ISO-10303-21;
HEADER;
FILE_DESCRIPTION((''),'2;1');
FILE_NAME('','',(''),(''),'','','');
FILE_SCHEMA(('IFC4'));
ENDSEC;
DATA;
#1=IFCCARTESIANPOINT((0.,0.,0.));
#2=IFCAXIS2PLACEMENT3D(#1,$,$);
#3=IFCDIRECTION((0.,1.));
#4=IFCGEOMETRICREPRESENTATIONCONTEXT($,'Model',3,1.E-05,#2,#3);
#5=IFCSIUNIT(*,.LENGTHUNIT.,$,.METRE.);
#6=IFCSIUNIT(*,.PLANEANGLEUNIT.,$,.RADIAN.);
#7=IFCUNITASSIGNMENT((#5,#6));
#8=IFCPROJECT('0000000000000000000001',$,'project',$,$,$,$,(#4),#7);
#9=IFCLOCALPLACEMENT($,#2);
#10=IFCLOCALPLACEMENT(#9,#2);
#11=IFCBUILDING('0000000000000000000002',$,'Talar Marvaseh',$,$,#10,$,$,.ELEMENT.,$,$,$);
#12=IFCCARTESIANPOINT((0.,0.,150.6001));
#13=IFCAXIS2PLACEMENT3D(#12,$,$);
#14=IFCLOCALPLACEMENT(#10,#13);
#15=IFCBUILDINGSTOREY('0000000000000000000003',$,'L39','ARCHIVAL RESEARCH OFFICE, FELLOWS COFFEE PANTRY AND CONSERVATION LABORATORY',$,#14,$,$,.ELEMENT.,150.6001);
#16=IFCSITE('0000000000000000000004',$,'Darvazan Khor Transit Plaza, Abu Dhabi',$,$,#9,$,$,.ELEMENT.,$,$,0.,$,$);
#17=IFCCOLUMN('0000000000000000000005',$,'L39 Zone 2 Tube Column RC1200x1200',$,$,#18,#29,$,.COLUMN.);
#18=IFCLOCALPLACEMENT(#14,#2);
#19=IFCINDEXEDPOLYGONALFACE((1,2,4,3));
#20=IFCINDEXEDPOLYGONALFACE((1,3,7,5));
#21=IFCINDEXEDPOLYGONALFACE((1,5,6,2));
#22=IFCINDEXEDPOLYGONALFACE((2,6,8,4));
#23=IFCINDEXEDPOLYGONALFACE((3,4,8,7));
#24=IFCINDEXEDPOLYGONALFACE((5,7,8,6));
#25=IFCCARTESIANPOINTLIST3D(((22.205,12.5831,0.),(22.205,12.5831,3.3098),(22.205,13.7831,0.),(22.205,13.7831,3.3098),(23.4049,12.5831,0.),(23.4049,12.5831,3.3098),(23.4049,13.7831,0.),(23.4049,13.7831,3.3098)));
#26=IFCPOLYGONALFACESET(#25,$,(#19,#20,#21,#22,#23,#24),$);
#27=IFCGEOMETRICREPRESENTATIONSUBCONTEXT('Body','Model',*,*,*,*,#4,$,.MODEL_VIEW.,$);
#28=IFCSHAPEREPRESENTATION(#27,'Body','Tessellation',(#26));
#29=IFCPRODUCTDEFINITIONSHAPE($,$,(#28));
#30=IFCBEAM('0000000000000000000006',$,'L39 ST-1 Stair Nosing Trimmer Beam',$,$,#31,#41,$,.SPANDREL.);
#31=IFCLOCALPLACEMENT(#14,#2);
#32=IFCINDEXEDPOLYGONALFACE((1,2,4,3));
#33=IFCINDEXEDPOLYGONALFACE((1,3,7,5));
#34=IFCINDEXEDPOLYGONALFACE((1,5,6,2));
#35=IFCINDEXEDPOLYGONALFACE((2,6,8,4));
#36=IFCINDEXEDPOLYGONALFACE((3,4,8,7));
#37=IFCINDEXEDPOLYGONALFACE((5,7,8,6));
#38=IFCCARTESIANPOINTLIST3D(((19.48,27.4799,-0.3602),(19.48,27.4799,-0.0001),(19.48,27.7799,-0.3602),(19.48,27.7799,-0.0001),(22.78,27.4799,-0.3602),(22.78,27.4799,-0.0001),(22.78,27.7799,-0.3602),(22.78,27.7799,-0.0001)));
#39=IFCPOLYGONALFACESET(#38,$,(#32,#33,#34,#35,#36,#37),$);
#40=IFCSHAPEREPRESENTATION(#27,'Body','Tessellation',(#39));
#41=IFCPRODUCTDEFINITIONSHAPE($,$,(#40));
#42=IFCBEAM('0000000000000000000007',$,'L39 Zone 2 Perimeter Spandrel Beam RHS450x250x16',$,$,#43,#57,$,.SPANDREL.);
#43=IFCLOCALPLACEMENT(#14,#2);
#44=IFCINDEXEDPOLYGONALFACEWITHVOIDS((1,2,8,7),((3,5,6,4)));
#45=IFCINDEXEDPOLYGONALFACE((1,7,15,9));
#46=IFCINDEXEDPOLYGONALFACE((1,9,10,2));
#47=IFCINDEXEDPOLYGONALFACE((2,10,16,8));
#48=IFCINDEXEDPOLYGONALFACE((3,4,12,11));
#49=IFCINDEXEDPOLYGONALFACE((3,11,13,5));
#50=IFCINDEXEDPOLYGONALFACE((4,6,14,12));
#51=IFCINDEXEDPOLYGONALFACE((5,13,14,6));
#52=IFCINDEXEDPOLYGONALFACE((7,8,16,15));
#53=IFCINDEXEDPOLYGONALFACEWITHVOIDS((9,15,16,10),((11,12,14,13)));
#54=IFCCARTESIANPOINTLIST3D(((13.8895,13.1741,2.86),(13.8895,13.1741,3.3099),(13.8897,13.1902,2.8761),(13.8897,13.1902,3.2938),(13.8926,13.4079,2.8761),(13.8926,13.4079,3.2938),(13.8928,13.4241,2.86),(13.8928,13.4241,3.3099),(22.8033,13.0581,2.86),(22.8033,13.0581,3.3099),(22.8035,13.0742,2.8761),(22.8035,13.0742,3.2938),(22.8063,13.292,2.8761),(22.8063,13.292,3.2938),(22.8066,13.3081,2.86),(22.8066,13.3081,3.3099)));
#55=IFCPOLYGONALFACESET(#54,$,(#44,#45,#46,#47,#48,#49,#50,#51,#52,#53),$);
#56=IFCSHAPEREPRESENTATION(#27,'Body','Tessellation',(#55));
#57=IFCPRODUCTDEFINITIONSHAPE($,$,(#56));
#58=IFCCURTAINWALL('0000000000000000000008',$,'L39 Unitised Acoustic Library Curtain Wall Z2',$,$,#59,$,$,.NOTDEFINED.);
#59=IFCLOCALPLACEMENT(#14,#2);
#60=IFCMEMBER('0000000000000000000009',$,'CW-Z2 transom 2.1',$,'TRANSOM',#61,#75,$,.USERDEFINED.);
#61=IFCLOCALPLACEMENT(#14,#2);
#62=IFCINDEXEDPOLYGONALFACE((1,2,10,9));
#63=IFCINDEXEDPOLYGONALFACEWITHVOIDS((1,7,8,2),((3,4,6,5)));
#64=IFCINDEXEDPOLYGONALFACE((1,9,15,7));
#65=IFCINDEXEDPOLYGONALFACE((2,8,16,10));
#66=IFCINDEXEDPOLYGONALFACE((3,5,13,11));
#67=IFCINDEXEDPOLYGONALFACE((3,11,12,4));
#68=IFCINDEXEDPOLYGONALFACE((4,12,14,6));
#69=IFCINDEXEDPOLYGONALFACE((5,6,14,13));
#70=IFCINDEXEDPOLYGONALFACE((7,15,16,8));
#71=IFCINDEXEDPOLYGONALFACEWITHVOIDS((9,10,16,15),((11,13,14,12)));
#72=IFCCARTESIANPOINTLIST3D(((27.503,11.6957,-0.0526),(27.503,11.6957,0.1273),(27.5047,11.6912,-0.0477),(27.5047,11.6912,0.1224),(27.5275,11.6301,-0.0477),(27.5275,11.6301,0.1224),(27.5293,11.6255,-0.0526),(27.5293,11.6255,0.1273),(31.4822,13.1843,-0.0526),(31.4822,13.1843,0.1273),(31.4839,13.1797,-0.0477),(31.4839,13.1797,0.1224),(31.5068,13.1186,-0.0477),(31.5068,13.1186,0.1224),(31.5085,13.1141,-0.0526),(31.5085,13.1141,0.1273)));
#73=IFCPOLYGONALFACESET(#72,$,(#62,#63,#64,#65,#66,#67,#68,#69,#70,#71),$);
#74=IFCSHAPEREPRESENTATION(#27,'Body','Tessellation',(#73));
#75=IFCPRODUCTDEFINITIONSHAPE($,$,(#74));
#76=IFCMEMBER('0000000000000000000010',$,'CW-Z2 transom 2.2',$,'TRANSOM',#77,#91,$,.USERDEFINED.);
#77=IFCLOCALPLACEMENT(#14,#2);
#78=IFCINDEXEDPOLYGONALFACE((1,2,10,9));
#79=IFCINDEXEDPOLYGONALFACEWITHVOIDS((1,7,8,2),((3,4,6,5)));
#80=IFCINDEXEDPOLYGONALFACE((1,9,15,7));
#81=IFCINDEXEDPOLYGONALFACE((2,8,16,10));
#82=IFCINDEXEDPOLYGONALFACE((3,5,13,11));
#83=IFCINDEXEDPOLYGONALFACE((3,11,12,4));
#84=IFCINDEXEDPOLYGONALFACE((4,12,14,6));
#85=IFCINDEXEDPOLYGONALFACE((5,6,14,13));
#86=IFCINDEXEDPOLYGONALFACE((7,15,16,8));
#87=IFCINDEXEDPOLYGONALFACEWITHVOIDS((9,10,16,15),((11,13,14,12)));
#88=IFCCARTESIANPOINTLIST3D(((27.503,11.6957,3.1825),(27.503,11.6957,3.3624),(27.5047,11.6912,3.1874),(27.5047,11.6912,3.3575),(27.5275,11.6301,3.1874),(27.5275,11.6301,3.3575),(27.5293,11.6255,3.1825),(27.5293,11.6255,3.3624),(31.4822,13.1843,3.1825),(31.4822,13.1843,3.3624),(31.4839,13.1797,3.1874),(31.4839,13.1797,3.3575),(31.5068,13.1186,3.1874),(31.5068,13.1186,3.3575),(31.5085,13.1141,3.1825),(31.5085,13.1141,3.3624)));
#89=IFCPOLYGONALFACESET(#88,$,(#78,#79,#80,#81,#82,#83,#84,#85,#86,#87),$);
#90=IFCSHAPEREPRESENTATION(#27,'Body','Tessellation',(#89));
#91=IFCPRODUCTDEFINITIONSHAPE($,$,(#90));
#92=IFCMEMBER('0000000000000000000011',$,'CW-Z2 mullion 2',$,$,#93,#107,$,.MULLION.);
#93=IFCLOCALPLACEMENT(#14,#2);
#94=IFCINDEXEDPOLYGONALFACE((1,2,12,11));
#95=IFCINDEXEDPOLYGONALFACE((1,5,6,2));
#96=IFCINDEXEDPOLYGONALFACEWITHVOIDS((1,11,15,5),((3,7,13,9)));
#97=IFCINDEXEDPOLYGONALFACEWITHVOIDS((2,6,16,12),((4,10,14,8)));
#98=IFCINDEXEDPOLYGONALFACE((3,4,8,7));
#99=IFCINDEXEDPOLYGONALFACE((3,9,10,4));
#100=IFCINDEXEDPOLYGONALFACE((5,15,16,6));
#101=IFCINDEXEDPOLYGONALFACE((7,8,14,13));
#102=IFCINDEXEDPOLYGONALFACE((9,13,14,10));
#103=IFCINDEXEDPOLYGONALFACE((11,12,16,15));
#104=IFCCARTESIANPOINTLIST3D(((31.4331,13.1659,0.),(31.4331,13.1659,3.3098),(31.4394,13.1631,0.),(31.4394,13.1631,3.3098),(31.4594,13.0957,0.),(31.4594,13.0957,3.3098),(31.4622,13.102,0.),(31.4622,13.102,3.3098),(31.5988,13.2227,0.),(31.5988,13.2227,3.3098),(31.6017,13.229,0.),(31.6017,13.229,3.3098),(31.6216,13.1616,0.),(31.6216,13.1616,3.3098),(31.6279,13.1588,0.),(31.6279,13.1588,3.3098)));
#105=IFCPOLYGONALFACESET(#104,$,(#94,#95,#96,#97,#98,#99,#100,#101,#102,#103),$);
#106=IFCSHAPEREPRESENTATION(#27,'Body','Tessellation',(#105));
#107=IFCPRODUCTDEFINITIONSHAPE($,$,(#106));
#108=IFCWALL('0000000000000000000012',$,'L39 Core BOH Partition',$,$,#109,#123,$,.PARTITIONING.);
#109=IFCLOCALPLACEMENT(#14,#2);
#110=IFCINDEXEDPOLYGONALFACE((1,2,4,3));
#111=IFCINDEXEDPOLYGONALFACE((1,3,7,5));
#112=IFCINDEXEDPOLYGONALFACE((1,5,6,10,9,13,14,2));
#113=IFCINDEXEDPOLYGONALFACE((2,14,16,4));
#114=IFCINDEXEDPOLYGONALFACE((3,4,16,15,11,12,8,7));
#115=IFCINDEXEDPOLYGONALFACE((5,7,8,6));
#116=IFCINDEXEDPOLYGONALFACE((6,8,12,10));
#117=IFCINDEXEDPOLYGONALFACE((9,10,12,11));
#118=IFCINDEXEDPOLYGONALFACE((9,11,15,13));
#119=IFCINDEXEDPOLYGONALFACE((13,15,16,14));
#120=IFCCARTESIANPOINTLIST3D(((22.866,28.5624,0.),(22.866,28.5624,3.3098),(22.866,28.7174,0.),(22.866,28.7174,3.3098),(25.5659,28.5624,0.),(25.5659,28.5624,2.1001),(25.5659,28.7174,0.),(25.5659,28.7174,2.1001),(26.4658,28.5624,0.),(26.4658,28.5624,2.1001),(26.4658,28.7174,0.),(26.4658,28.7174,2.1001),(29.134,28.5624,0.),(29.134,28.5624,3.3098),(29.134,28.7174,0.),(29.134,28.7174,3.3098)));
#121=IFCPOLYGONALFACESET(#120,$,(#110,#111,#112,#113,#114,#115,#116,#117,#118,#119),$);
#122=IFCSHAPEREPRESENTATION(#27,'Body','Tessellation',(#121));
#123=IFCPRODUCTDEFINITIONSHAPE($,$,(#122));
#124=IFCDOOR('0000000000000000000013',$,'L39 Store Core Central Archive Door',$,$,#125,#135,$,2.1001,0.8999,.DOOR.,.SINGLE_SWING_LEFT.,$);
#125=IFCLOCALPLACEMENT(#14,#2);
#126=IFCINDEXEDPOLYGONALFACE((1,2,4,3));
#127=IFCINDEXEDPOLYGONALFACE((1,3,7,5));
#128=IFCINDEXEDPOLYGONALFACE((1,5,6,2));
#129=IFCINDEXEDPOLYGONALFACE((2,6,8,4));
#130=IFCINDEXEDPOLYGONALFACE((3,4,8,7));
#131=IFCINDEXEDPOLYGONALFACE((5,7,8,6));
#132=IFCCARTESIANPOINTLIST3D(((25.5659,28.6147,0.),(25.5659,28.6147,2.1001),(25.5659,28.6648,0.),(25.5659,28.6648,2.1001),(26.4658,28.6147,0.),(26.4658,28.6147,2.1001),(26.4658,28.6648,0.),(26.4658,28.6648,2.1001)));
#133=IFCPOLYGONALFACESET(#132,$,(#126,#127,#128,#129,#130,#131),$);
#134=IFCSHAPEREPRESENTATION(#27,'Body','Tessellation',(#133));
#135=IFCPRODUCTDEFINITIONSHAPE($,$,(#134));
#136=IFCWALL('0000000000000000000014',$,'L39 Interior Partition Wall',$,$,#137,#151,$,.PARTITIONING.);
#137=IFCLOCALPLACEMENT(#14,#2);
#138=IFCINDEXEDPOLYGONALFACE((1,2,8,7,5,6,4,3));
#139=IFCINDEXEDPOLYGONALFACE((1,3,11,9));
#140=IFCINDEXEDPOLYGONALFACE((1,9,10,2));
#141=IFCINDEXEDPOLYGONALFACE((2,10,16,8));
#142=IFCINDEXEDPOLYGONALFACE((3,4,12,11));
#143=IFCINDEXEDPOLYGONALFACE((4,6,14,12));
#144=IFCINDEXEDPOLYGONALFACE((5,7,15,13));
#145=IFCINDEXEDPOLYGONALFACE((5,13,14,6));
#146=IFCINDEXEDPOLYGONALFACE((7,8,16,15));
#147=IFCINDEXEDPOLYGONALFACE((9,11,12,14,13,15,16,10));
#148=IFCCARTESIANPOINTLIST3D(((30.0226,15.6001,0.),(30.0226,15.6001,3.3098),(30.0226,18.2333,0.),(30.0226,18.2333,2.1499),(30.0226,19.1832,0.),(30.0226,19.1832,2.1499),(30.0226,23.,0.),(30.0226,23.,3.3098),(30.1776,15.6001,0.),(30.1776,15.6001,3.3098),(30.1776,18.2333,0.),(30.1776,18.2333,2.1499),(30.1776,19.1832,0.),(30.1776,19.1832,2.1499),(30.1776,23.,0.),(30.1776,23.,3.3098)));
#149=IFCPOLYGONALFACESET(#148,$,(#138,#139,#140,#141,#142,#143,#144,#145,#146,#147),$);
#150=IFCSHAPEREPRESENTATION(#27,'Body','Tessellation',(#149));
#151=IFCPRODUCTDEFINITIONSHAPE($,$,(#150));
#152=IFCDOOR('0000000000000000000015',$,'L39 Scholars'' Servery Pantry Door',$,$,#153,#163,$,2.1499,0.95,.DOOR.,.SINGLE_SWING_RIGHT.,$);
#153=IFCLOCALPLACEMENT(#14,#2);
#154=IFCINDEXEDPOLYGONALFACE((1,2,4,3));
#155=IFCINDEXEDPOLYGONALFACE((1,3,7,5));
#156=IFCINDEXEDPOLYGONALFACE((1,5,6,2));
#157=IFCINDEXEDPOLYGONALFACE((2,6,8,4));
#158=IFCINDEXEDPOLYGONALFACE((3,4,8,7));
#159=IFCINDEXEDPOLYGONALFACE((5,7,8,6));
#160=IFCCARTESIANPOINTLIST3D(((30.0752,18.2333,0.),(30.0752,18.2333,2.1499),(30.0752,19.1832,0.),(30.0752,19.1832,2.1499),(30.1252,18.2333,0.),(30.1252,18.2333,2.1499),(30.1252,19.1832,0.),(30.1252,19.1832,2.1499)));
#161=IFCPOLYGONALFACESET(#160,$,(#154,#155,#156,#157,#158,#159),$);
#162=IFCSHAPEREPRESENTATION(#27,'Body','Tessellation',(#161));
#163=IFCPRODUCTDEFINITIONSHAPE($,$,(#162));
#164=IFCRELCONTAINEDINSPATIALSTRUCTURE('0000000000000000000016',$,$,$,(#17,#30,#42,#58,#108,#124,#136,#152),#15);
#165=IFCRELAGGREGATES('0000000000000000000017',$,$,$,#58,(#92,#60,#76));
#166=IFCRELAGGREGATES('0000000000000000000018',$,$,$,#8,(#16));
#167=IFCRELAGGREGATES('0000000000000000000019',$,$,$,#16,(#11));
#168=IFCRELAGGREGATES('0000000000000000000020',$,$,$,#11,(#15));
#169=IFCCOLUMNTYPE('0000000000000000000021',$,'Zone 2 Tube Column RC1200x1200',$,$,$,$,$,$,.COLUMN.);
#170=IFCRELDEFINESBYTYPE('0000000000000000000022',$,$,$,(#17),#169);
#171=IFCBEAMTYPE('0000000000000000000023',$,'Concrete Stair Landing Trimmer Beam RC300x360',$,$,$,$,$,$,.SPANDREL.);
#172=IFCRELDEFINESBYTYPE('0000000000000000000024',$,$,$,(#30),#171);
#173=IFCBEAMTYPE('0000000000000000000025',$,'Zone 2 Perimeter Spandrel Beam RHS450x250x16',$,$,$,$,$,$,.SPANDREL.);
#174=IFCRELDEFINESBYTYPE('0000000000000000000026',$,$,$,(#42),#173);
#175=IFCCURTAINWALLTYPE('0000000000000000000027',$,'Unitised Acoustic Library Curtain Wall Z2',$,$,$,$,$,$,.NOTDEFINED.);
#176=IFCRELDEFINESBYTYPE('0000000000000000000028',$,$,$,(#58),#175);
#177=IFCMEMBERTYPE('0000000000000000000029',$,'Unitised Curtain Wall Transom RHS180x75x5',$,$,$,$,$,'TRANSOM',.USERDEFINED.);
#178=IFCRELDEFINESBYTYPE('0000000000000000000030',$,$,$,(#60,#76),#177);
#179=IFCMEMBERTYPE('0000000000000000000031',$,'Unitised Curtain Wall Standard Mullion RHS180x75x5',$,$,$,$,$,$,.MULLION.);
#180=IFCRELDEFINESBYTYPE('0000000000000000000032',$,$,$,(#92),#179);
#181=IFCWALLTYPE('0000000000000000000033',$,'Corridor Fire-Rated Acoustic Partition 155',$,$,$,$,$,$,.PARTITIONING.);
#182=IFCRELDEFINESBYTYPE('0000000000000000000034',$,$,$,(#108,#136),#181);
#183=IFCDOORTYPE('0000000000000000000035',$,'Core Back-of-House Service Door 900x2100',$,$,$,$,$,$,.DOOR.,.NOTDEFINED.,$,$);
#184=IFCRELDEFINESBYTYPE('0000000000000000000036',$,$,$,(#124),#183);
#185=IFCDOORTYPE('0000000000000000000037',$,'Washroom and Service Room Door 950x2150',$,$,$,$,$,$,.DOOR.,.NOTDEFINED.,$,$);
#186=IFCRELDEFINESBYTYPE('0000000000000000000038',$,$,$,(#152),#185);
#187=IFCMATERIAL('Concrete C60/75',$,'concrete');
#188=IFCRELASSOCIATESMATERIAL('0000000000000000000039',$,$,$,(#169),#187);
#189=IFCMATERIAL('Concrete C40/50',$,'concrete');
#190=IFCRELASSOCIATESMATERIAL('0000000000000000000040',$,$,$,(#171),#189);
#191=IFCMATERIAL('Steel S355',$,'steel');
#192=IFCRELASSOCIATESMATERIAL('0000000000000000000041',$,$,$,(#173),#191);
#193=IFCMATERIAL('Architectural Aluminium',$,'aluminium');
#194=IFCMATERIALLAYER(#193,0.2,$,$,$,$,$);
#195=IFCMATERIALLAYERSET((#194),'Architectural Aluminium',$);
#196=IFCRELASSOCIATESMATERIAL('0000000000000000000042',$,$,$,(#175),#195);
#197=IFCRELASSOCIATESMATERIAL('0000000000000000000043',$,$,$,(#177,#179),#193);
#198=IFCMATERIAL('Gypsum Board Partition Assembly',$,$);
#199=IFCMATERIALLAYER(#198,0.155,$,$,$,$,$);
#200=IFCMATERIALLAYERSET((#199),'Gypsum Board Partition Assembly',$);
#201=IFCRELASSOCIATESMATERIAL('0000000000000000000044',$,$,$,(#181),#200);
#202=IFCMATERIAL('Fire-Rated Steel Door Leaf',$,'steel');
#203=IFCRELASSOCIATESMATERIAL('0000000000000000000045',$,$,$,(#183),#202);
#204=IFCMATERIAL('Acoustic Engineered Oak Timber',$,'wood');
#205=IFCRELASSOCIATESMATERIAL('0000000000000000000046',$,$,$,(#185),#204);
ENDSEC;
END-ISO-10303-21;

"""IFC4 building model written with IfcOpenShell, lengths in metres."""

from ifc_helpers import new_model, si_unit, direction, frame, frame_2d, origin, origin_2d, place, context, subcontext, project, spatial, rectangle, hollow_rectangle, extrude, source, transform, mapped, material, layer, layer_set, material_profile, profile_set, type_object, type_shapes, element, fill, aggregate, save


model = new_model("IFC4")

# Units and contexts
model_context = context("Model", 3, precision=1e-05, world=origin(), true_north=direction((0.0, 1.0)))
body_context = subcontext(model_context, "Body", "Model", "MODEL_VIEW")
ifc_project = project(units=[si_unit("LENGTHUNIT", "METRE"), si_unit("PLANEANGLEUNIT", "RADIAN")], contexts=[model_context])

# Site, building, storey
site_placement = place(None, origin())
site = spatial("IfcSite", under=ifc_project, at=site_placement, Name="Darvazan Khor Transit Plaza, Abu Dhabi", CompositionType="ELEMENT", RefElevation=0.0)
building_placement = place(site_placement, origin())
building = spatial("IfcBuilding", under=site, at=building_placement, Name="Talar Marvaseh", CompositionType="ELEMENT")
storey_placement = place(building_placement, frame((0.0, 0.0, 150.6001)))
storey = spatial("IfcBuildingStorey", under=building, at=storey_placement, Name="L39", Description="ARCHIVAL RESEARCH OFFICE, FELLOWS COFFEE PANTRY AND CONSERVATION LABORATORY", CompositionType="ELEMENT", Elevation=150.6001)

# Column
ifc_material_1 = material(Name="Concrete C60/75", Category="concrete")
ifc_material_profile_1 = material_profile(ifc_material_1, rectangle(XDim=1.2, YDim=1.2, at=origin_2d()), Name="RC1200x1200")
ifc_profile_set_1 = profile_set([ifc_material_profile_1], Name="Concrete C60/75")
column_type = type_object("IfcColumnType", Name="Zone 2 Tube Column RC1200x1200", PredefinedType="COLUMN", material=ifc_profile_set_1)
column_placement = place(storey_placement, frame((22.8049, 13.1831, 0.0), z_axis=(0.0, 0.0, 1.0), x_axis=(1.0, 0.0, 0.0)))
element("IfcColumn", 1, at=column_placement, inside=storey, type_object=column_type, Name="L39 Zone 2 Tube Column RC1200x1200", PredefinedType="COLUMN", context=body_context, shape_type="SweptSolid", body=[
    extrude(rectangle(XDim=1.2, YDim=1.2, at=origin_2d()), origin(), (0.0, 0.0, 1.0), 3.3098),
])

# Beams
ifc_material_2 = material(Name="Concrete C40/50", Category="concrete")
ifc_material_profile_2 = material_profile(ifc_material_2, rectangle(XDim=0.3, YDim=0.3601, at=origin_2d()), Name="RC300x360")
ifc_profile_set_2 = profile_set([ifc_material_profile_2], Name="Concrete C40/50")
beam_type_1 = type_object("IfcBeamType", Name="Concrete Stair Landing Trimmer Beam RC300x360", PredefinedType="SPANDREL", material=ifc_profile_set_2)
beam_1_placement = place(storey_placement, frame((22.78, 27.6299, -0.1802), z_axis=(-1.0, 0.0, 0.0), x_axis=(0.0, -1.0, 0.0)))
element("IfcBeam", 2, at=beam_1_placement, inside=storey, type_object=beam_type_1, Name="L39 ST-1 Stair Nosing Trimmer Beam", PredefinedType="SPANDREL", context=body_context, shape_type="SweptSolid", body=[
    extrude(rectangle(XDim=0.3, YDim=0.3601, at=origin_2d()), origin(), (0.0, 0.0, 1.0), 3.3),
])
ifc_material_3 = material(Name="Steel S355", Category="steel")
ifc_material_profile_3 = material_profile(ifc_material_3, hollow_rectangle(XDim=0.25, YDim=0.45, WallThickness=0.0161, at=origin_2d()), Name="RHS450x250x16")
ifc_profile_set_3 = profile_set([ifc_material_profile_3], Name="Steel S355")
beam_type_2 = type_object("IfcBeamType", Name="Zone 2 Perimeter Spandrel Beam RHS450x250x16", PredefinedType="SPANDREL", material=ifc_profile_set_3)
beam_2_placement = place(storey_placement, frame((22.8049, 13.1831, 3.085), z_axis=(-0.999915, 0.013009, 0.0), x_axis=(-0.013009, -0.999915, 0.0)))
element("IfcBeam", 3, at=beam_2_placement, inside=storey, type_object=beam_type_2, Name="L39 Zone 2 Perimeter Spandrel Beam RHS450x250x16", PredefinedType="SPANDREL", context=body_context, shape_type="SweptSolid", body=[
    extrude(hollow_rectangle(XDim=0.25, YDim=0.45, WallThickness=0.0161, at=origin_2d()), origin(), (0.0, 0.0, 1.0), 8.9146),
])

# Curtain wall, members
ifc_material_4 = material(Name="Architectural Aluminium", Category="aluminium")
ifc_layer_1 = layer(ifc_material_4, 0.2)
ifc_layer_set_1 = layer_set([ifc_layer_1], Name="Architectural Aluminium")
curtain_wall_type = type_object("IfcCurtainWallType", Name="Unitised Acoustic Library Curtain Wall Z2", PredefinedType="NOTDEFINED", material=ifc_layer_set_1)
curtain_wall_placement = place(storey_placement, origin())
curtain_wall = element("IfcCurtainWall", 4, at=curtain_wall_placement, inside=storey, type_object=curtain_wall_type, Name="L39 Unitised Acoustic Library Curtain Wall Z2", PredefinedType="NOTDEFINED")
ifc_material_profile_4 = material_profile(ifc_material_4, hollow_rectangle(XDim=0.075, YDim=0.1799, WallThickness=0.0049, at=origin_2d()), Name="RHS180x75x5")
ifc_profile_set_4 = profile_set([ifc_material_profile_4], Name="Architectural Aluminium")
member_type_1 = type_object("IfcMemberType", Name="Unitised Curtain Wall Transom RHS180x75x5", ElementType="TRANSOM", PredefinedType="USERDEFINED", material=ifc_profile_set_4)
shared_shape_1 = source(origin(), body_context, "Body", "SweptSolid", [
    extrude(hollow_rectangle(XDim=0.075, YDim=0.1799, WallThickness=0.0049, at=origin_2d()), origin(), (0.0, 0.0, 1.0), 4.2485),
])
type_shapes(member_type_1, [shared_shape_1])
member_1_placement = place(storey_placement, frame((31.4954, 13.1492, 0.0374), z_axis=(-0.936615, -0.350361, 0.0), x_axis=(0.350361, -0.936615, 0.0)))
member_1 = element("IfcMember", 5, at=member_1_placement, type_object=member_type_1, Name="CW-Z2 transom 2.1", ObjectType="TRANSOM", PredefinedType="USERDEFINED", context=body_context, shape_type="MappedRepresentation", body=[
    mapped(shared_shape_1, transform((0.0, 0.0, 0.0), x_axis=(1.0, 0.0, 0.0), y_axis=(0.0, 1.0, 0.0), z_axis=(0.0, 0.0, 1.0), scale=1.0)),
])
member_2_placement = place(storey_placement, frame((31.4954, 13.1492, 3.2725), z_axis=(-0.936615, -0.350361, 0.0), x_axis=(0.350361, -0.936615, 0.0)))
member_2 = element("IfcMember", 6, at=member_2_placement, type_object=member_type_1, Name="CW-Z2 transom 2.2", ObjectType="TRANSOM", PredefinedType="USERDEFINED", context=body_context, shape_type="MappedRepresentation", body=[
    mapped(shared_shape_1, transform((0.0, 0.0, 0.0), x_axis=(1.0, 0.0, 0.0), y_axis=(0.0, 1.0, 0.0), z_axis=(0.0, 0.0, 1.0), scale=1.0)),
])
ifc_material_profile_5 = material_profile(ifc_material_4, hollow_rectangle(XDim=0.075, YDim=0.1799, WallThickness=0.0049, at=origin_2d()), Name="RHS180x75x5")
ifc_profile_set_5 = profile_set([ifc_material_profile_5], Name="Architectural Aluminium")
member_type_2 = type_object("IfcMemberType", Name="Unitised Curtain Wall Standard Mullion RHS180x75x5", PredefinedType="MULLION", material=ifc_profile_set_5)
shared_shape_2 = source(origin(), body_context, "Body", "SweptSolid", [
    extrude(hollow_rectangle(XDim=0.075, YDim=0.1799, WallThickness=0.0049, at=origin_2d()), origin(), (0.0, 0.0, 1.0), 3.3098),
])
type_shapes(member_type_2, [shared_shape_2])
member_3_placement = place(storey_placement, frame((31.5305, 13.1624, 0.0), z_axis=(0.0, 0.0, 1.0), x_axis=(0.350352, -0.936618, 0.0)))
member_3 = element("IfcMember", 7, at=member_3_placement, type_object=member_type_2, Name="CW-Z2 mullion 2", PredefinedType="MULLION", context=body_context, shape_type="MappedRepresentation", body=[
    mapped(shared_shape_2, transform((0.0, 0.0, 0.0), x_axis=(1.0, 0.0, 0.0), y_axis=(0.0, 1.0, 0.0), z_axis=(0.0, 0.0, 1.0), scale=1.0)),
])
aggregate(curtain_wall, [member_3, member_1, member_2])

# Walls, openings, doors
ifc_material_5 = material(Name="Gypsum Board Partition Assembly")
ifc_layer_2 = layer(ifc_material_5, 0.155)
ifc_layer_set_2 = layer_set([ifc_layer_2], Name="Gypsum Board Partition Assembly")
wall_type_1 = type_object("IfcWallType", Name="Corridor Fire-Rated Acoustic Partition 155", PredefinedType="PARTITIONING", material=ifc_layer_set_2)
wall_1_placement = place(storey_placement, frame((22.866, 28.6399, 0.0), z_axis=(0.0, 0.0, 1.0), x_axis=(1.0, 0.0, 0.0)))
wall_1 = element("IfcWall", 8, at=wall_1_placement, inside=storey, type_object=wall_type_1, Name="L39 Core BOH Partition", PredefinedType="PARTITIONING", context=body_context, shape_type="SweptSolid", body=[
    extrude(rectangle(XDim=6.2681, YDim=0.155, at=frame_2d((3.134, 0.0))), origin(), (0.0, 0.0, 1.0), 3.3098),
])
opening_1_placement = place(wall_1_placement, frame((2.7, 0.0, 0.0)))
opening_1 = element("IfcOpeningElement", 9, at=opening_1_placement, cuts=wall_1, PredefinedType="OPENING", context=body_context, shape_type="SweptSolid", body=[
    extrude(rectangle(XDim=0.8999, YDim=2.1001, at=frame_2d((0.45, 1.05))), frame((0.0, 0.0874, 0.0), z_axis=(0.0, -1.0, 0.0), x_axis=(1.0, 0.0, 0.0)), (0.0, 0.0, 1.0), 0.175),
])
ifc_material_6 = material(Name="Fire-Rated Steel Door Leaf", Category="steel")
door_type_1 = type_object("IfcDoorType", Name="Core Back-of-House Service Door 900x2100", OperationType="NOTDEFINED", PredefinedType="DOOR", material=ifc_material_6)
shared_shape_3 = source(origin(), body_context, "Body", "SweptSolid", [
    extrude(rectangle(XDim=0.8999, YDim=2.1001, at=frame_2d((0.45, 1.05))), frame((0.0, 0.0249, 0.0), z_axis=(0.0, -1.0, 0.0), x_axis=(1.0, 0.0, 0.0)), (0.0, 0.0, 1.0), 0.05),
])
type_shapes(door_type_1, [shared_shape_3])
door_1_placement = place(opening_1_placement, origin())
door_1 = element("IfcDoor", 10, at=door_1_placement, inside=storey, type_object=door_type_1, Name="L39 Store Core Central Archive Door", OperationType="SINGLE_SWING_LEFT", OverallHeight=2.1001, OverallWidth=0.8999, PredefinedType="DOOR", context=body_context, shape_type="MappedRepresentation", body=[
    mapped(shared_shape_3, transform((0.0, 0.0, 0.0), x_axis=(1.0, 0.0, 0.0), y_axis=(0.0, 1.0, 0.0), z_axis=(0.0, 0.0, 1.0), scale=1.0)),
])
fill(opening_1, door_1)
wall_2_placement = place(storey_placement, frame((30.1001, 15.6001, 0.0), z_axis=(0.0, 0.0, 1.0), x_axis=(0.0, 1.0, 0.0)))
wall_2 = element("IfcWall", 11, at=wall_2_placement, inside=storey, type_object=wall_type_1, Name="L39 Interior Partition Wall", PredefinedType="PARTITIONING", context=body_context, shape_type="SweptSolid", body=[
    extrude(rectangle(XDim=7.3999, YDim=0.155, at=frame_2d((3.7, 0.0))), origin(), (0.0, 0.0, 1.0), 3.3098),
])
opening_2_placement = place(wall_2_placement, frame((2.6331, 0.0, 0.0)))
opening_2 = element("IfcOpeningElement", 12, at=opening_2_placement, cuts=wall_2, PredefinedType="OPENING", context=body_context, shape_type="SweptSolid", body=[
    extrude(rectangle(XDim=0.95, YDim=2.1499, at=frame_2d((0.4751, 1.075))), frame((0.0, 0.0874, 0.0), z_axis=(0.0, -1.0, 0.0), x_axis=(1.0, 0.0, 0.0)), (0.0, 0.0, 1.0), 0.175),
])
ifc_material_7 = material(Name="Acoustic Engineered Oak Timber", Category="wood")
door_type_2 = type_object("IfcDoorType", Name="Washroom and Service Room Door 950x2150", OperationType="NOTDEFINED", PredefinedType="DOOR", material=ifc_material_7)
shared_shape_4 = source(origin(), body_context, "Body", "SweptSolid", [
    extrude(rectangle(XDim=0.95, YDim=2.1499, at=frame_2d((0.4751, 1.075))), frame((0.0, 0.0249, 0.0), z_axis=(0.0, -1.0, 0.0), x_axis=(1.0, 0.0, 0.0)), (0.0, 0.0, 1.0), 0.05),
])
type_shapes(door_type_2, [shared_shape_4])
door_2_placement = place(opening_2_placement, origin())
door_2 = element("IfcDoor", 13, at=door_2_placement, inside=storey, type_object=door_type_2, Name="L39 Scholars' Servery Pantry Door", OperationType="SINGLE_SWING_RIGHT", OverallHeight=2.1499, OverallWidth=0.95, PredefinedType="DOOR", context=body_context, shape_type="MappedRepresentation", body=[
    mapped(shared_shape_4, transform((0.0, 0.0, 0.0), x_axis=(1.0, 0.0, 0.0), y_axis=(0.0, 1.0, 0.0), z_axis=(0.0, 0.0, 1.0), scale=1.0)),
])
fill(opening_2, door_2)

save(model, "model.ifc")
